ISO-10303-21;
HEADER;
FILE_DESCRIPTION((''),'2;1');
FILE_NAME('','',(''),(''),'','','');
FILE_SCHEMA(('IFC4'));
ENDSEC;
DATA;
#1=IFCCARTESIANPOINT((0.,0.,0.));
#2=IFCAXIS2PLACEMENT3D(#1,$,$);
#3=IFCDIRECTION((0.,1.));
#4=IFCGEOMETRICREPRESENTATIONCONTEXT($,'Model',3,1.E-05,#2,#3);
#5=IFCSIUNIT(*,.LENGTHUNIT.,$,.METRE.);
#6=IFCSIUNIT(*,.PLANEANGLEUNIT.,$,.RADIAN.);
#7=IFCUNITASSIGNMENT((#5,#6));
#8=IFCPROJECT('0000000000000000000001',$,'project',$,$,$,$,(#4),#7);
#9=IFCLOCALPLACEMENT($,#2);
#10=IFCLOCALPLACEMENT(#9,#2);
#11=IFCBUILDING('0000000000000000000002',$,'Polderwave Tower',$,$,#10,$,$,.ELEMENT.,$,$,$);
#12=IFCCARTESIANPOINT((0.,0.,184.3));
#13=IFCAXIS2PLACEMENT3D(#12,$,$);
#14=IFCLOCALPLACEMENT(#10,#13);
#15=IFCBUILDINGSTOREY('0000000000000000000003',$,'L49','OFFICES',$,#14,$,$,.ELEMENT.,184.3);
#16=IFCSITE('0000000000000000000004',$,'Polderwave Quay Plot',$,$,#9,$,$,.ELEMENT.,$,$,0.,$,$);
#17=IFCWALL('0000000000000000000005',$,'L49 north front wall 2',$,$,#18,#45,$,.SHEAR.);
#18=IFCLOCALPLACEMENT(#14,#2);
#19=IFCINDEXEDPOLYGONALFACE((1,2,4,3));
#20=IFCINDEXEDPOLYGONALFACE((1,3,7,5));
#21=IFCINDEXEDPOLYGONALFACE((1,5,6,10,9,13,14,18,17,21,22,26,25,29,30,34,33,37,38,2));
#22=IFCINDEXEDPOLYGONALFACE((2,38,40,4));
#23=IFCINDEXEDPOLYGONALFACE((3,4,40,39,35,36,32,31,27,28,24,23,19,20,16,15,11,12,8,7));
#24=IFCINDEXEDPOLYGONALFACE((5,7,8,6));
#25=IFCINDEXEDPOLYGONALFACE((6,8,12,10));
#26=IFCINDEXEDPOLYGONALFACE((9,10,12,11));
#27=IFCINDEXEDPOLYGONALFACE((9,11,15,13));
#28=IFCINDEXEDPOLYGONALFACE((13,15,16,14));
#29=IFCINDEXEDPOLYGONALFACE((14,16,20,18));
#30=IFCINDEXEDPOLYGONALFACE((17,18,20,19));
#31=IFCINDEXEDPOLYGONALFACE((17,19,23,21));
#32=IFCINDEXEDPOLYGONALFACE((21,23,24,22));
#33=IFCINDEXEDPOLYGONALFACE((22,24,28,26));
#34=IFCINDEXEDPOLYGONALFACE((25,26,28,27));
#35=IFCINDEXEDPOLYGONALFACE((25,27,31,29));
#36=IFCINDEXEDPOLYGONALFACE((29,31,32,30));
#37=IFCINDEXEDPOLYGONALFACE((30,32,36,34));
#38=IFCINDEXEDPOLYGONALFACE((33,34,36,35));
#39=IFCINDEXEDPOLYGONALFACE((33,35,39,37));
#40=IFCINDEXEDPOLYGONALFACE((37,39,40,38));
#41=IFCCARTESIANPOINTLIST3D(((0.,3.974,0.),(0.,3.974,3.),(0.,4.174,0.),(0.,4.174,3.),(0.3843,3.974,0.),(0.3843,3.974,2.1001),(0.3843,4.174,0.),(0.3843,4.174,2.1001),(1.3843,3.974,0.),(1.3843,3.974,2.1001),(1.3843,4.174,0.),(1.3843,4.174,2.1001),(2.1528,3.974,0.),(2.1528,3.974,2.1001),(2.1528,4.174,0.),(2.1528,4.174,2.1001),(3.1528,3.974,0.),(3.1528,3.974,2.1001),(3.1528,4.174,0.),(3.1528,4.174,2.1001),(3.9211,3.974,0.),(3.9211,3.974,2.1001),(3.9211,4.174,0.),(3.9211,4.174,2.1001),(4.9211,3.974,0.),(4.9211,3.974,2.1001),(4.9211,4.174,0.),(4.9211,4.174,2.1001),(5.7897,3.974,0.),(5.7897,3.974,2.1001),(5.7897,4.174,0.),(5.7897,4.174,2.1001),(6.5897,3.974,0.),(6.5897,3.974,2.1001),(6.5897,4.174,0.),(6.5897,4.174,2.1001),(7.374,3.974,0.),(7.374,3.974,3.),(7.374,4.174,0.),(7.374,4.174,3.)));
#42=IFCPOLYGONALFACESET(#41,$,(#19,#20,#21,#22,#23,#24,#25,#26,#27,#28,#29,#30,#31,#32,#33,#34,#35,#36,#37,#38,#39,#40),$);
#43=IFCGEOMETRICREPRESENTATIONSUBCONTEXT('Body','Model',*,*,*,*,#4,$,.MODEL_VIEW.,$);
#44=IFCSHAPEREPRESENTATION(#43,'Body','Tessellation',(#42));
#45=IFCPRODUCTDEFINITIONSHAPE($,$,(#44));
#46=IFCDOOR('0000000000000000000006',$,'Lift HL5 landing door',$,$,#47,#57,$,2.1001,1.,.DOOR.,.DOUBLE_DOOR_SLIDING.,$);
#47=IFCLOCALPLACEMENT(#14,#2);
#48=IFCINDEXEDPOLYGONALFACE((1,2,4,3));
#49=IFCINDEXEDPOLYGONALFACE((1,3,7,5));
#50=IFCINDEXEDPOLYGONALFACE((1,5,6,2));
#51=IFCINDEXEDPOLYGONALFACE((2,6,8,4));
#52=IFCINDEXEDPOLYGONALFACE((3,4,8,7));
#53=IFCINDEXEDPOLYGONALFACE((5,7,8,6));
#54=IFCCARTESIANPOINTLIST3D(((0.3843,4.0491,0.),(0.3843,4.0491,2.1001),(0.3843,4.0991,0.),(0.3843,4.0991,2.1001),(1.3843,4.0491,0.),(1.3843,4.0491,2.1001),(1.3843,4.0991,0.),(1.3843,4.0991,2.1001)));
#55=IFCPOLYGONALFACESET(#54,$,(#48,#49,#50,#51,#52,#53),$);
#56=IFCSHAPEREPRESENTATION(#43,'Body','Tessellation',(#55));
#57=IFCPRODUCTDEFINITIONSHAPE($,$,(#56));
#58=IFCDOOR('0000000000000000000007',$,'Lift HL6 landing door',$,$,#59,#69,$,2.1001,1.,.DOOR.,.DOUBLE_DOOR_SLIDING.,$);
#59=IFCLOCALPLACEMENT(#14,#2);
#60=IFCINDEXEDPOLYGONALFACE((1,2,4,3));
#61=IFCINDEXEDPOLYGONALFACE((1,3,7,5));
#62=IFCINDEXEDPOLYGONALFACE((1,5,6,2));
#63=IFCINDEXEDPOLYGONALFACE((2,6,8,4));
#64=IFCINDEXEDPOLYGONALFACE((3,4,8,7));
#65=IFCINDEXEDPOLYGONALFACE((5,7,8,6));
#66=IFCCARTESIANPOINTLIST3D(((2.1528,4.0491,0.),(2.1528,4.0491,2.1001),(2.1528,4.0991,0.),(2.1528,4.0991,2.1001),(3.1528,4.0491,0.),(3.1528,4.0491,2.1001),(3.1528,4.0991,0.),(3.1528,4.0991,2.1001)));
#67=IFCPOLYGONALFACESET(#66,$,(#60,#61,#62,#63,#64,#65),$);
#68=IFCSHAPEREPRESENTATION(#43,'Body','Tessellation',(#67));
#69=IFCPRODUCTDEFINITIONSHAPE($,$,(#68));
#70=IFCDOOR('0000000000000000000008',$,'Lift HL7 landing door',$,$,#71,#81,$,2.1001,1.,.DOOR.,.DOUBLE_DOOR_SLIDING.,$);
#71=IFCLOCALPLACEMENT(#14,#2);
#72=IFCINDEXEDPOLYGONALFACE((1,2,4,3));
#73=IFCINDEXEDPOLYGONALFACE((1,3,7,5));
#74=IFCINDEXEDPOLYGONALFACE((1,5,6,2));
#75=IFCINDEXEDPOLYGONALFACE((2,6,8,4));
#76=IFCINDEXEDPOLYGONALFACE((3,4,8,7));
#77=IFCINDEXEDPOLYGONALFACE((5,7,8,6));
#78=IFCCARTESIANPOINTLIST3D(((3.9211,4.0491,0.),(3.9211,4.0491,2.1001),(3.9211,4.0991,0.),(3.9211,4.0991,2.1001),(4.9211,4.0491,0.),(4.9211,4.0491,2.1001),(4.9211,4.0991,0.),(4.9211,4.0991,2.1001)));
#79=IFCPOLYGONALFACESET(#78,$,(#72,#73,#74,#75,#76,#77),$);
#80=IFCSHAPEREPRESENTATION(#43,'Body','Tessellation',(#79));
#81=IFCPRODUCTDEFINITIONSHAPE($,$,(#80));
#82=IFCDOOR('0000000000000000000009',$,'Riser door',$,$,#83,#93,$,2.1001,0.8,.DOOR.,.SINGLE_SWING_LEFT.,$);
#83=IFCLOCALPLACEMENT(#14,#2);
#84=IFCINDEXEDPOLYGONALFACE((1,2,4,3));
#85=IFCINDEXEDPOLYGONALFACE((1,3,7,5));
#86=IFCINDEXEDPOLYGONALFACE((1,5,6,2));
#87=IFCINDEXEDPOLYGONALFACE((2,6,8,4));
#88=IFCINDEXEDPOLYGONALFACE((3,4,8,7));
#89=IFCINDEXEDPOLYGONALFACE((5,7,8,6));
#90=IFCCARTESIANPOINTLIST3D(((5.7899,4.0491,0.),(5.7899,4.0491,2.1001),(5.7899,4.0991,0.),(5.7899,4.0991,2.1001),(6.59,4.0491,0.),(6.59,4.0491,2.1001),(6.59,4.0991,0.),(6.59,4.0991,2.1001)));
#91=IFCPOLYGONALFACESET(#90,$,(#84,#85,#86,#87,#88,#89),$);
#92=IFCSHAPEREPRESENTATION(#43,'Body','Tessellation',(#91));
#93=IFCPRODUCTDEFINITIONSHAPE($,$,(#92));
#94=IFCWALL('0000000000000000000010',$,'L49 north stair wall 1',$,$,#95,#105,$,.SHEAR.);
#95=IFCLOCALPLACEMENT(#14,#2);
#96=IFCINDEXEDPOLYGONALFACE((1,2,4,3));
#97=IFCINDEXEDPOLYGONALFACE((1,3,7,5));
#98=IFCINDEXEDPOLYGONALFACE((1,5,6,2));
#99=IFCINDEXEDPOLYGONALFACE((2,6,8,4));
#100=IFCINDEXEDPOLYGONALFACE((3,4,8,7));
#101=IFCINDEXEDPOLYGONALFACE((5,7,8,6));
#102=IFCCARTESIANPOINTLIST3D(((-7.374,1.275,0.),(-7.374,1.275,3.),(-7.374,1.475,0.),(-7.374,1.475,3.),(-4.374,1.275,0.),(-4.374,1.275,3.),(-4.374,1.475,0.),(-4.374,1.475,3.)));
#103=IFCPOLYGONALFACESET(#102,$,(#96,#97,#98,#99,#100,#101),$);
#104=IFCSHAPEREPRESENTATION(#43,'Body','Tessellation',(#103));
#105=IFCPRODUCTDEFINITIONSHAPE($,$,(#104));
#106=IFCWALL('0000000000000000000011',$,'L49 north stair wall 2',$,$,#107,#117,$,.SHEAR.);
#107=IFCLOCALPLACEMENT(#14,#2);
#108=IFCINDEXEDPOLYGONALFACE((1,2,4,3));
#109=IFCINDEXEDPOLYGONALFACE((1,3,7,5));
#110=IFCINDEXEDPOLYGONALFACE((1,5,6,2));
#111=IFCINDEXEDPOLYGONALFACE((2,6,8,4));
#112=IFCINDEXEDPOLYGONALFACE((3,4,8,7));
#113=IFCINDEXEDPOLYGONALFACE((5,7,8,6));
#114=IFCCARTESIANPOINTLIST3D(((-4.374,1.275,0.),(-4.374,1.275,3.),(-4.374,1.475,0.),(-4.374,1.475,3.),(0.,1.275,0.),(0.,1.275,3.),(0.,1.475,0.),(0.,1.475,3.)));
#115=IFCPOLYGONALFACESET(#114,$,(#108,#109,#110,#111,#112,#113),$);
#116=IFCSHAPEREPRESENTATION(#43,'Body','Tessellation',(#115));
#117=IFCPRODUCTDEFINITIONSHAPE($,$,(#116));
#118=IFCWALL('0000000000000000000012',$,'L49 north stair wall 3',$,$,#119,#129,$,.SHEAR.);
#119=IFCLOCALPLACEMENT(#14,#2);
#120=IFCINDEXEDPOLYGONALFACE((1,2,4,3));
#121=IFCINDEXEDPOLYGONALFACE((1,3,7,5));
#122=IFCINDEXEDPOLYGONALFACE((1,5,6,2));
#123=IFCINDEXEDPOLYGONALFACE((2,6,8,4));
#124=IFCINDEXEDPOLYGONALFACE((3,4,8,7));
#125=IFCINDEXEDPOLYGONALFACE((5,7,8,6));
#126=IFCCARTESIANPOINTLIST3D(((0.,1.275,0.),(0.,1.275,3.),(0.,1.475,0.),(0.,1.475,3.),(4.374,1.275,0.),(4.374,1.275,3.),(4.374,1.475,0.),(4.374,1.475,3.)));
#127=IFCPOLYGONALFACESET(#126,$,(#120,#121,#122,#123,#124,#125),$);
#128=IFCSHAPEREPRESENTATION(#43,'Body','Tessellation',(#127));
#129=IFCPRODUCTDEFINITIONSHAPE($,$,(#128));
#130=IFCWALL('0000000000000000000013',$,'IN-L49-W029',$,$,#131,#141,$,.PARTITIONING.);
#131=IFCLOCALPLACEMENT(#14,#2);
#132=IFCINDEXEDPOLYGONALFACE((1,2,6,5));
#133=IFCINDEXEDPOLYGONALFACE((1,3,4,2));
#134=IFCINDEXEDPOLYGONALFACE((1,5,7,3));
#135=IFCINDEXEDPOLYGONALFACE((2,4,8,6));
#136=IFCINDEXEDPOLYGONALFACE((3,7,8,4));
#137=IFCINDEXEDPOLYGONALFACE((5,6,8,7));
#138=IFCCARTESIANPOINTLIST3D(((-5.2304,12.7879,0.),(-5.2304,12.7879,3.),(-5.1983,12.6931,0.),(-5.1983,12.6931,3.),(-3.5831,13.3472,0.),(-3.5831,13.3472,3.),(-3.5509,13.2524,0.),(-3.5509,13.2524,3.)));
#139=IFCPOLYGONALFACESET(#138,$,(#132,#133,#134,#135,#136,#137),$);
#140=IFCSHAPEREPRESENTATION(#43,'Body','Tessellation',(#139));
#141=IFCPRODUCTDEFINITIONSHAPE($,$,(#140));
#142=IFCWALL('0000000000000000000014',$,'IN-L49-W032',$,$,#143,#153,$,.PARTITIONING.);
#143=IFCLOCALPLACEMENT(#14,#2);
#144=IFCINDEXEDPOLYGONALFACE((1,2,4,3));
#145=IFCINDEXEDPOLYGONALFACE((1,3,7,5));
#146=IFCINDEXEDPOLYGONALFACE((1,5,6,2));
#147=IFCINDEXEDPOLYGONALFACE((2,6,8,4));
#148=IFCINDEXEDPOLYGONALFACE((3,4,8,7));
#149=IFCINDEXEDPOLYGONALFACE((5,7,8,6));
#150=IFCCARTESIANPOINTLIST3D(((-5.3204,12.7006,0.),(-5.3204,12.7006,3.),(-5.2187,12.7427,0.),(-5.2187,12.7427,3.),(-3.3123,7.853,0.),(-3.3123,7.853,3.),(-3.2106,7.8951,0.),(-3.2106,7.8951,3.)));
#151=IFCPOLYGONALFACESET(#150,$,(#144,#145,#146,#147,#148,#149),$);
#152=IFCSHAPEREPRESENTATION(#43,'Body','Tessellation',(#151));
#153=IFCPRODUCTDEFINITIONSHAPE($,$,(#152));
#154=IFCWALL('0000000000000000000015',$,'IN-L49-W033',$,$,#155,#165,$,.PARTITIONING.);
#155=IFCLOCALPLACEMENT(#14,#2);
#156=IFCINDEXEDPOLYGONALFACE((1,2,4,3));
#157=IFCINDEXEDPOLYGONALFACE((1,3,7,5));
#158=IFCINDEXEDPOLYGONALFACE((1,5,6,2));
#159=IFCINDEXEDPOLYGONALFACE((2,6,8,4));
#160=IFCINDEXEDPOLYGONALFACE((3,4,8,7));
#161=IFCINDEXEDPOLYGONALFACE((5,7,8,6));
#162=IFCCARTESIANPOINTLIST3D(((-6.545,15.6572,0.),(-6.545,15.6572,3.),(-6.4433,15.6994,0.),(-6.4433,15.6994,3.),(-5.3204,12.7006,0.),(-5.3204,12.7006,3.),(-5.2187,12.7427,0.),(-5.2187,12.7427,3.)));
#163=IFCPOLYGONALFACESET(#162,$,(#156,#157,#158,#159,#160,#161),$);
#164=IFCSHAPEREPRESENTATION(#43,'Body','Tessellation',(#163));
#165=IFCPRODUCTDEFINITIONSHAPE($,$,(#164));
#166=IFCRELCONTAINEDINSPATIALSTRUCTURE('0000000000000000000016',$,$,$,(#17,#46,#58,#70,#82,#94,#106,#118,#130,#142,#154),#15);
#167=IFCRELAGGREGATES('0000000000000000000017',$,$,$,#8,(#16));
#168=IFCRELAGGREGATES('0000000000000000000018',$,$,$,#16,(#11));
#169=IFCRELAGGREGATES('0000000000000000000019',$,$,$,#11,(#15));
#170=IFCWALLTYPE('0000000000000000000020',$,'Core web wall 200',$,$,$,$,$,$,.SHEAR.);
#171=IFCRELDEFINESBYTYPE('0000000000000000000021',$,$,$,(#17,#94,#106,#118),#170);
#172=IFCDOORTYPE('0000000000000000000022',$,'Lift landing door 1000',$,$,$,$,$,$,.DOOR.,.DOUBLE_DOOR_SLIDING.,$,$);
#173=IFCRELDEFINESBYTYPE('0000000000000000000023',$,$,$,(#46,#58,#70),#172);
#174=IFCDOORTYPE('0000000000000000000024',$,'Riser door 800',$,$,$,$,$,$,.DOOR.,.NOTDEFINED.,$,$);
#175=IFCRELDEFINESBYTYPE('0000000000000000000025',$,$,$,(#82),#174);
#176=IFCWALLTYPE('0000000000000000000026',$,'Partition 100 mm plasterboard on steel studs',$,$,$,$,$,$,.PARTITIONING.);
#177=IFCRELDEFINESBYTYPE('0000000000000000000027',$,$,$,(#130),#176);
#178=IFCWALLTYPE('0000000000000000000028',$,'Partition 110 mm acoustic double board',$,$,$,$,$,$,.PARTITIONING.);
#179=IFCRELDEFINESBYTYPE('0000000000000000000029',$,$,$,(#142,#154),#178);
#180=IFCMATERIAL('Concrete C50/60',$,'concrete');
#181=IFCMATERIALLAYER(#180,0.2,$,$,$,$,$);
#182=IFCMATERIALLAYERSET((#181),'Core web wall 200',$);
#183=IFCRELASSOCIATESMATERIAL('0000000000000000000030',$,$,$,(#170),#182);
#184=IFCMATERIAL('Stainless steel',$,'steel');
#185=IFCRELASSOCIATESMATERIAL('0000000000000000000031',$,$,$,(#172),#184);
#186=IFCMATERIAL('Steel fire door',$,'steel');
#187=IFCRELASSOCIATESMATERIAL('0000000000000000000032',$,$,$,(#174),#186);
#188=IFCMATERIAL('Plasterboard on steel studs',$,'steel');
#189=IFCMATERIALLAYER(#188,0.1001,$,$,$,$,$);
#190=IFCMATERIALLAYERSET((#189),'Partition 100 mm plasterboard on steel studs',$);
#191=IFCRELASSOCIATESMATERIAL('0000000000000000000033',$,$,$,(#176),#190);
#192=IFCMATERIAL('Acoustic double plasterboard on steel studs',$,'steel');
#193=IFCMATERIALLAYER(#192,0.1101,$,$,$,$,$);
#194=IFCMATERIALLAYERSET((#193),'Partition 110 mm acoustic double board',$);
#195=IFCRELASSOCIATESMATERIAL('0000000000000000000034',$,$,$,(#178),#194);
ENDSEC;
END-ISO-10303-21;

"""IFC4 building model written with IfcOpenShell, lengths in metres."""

from ifc_helpers import new_model, si_unit, direction, frame, frame_2d, origin, place, context, subcontext, project, spatial, rectangle, extrude, material, layer, layer_set, type_object, element, fill, save


model = new_model("IFC4")

# Units and contexts
model_context = context("Model", 3, precision=1e-05, world=origin(), true_north=direction((0.0, 1.0)))
body_context = subcontext(model_context, "Body", "Model", "MODEL_VIEW")
ifc_project = project(units=[si_unit("LENGTHUNIT", "METRE"), si_unit("PLANEANGLEUNIT", "RADIAN")], contexts=[model_context])

# Site, building, storey
site_placement = place(None, origin())
site = spatial("IfcSite", under=ifc_project, at=site_placement, Name="Polderwave Quay Plot", CompositionType="ELEMENT", RefElevation=0.0)
building_placement = place(site_placement, origin())
building = spatial("IfcBuilding", under=site, at=building_placement, Name="Polderwave Tower", CompositionType="ELEMENT")
storey_placement = place(building_placement, frame((0.0, 0.0, 184.3)))
storey = spatial("IfcBuildingStorey", under=building, at=storey_placement, Name="L49", Description="OFFICES", CompositionType="ELEMENT", Elevation=184.3)

# Wall, openings, doors
ifc_material_1 = material(Name="Concrete C50/60", Category="concrete")
ifc_layer_1 = layer(ifc_material_1, 0.2)
ifc_layer_set_1 = layer_set([ifc_layer_1], Name="Core web wall 200")
wall_type_1 = type_object("IfcWallType", Name="Core web wall 200", PredefinedType="SHEAR", material=ifc_layer_set_1)
ifc_material_2 = material(Name="Stainless steel", Category="steel")
door_type_1 = type_object("IfcDoorType", Name="Lift landing door 1000", OperationType="DOUBLE_DOOR_SLIDING", PredefinedType="DOOR", material=ifc_material_2)
wall_1_placement = place(storey_placement, frame((0.0, 4.074, 0.0), z_axis=(0.0, 0.0, 1.0), x_axis=(1.0, 0.0, 0.0)))
wall_1 = element("IfcWall", 1, at=wall_1_placement, inside=storey, type_object=wall_type_1, Name="L49 north front wall 2", PredefinedType="SHEAR", context=body_context, shape_type="SweptSolid", body=[
    extrude(rectangle(XDim=7.374, YDim=0.2, at=frame_2d((3.687, 0.0))), origin(), (0.0, 0.0, 1.0), 3.0),
])
opening_1_placement = place(wall_1_placement, frame((0.3843, 0.0, 0.0)))
opening_1 = element("IfcOpeningElement", 2, at=opening_1_placement, cuts=wall_1, PredefinedType="OPENING", context=body_context, shape_type="SweptSolid", body=[
    extrude(rectangle(XDim=1.0, YDim=2.1001, at=frame_2d((0.5, 1.05))), frame((0.0, 0.1099, 0.0), z_axis=(0.0, -1.0, 0.0), x_axis=(1.0, 0.0, 0.0)), (0.0, 0.0, 1.0), 0.22),
])
opening_2_placement = place(wall_1_placement, frame((2.1528, 0.0, 0.0)))
opening_2 = element("IfcOpeningElement", 3, at=opening_2_placement, cuts=wall_1, PredefinedType="OPENING", context=body_context, shape_type="SweptSolid", body=[
    extrude(rectangle(XDim=1.0, YDim=2.1001, at=frame_2d((0.5, 1.05))), frame((0.0, 0.1099, 0.0), z_axis=(0.0, -1.0, 0.0), x_axis=(1.0, 0.0, 0.0)), (0.0, 0.0, 1.0), 0.22),
])
opening_3_placement = place(wall_1_placement, frame((3.9211, 0.0, 0.0)))
opening_3 = element("IfcOpeningElement", 4, at=opening_3_placement, cuts=wall_1, PredefinedType="OPENING", context=body_context, shape_type="SweptSolid", body=[
    extrude(rectangle(XDim=1.0, YDim=2.1001, at=frame_2d((0.5, 1.05))), frame((0.0, 0.1099, 0.0), z_axis=(0.0, -1.0, 0.0), x_axis=(1.0, 0.0, 0.0)), (0.0, 0.0, 1.0), 0.22),
])
opening_4_placement = place(wall_1_placement, frame((5.7898, 0.0, 0.0)))
opening_4 = element("IfcOpeningElement", 5, at=opening_4_placement, cuts=wall_1, PredefinedType="OPENING", context=body_context, shape_type="SweptSolid", body=[
    extrude(rectangle(XDim=0.8, YDim=2.1001, at=frame_2d((0.3999, 1.05))), frame((0.0, 0.1099, 0.0), z_axis=(0.0, -1.0, 0.0), x_axis=(1.0, 0.0, 0.0)), (0.0, 0.0, 1.0), 0.22),
])
door_1_placement = place(opening_1_placement, frame((1.0, 0.0, 0.0), z_axis=(0.0, 0.0, 1.0), x_axis=(-1.0, 0.0, 0.0)))
door_1 = element("IfcDoor", 6, at=door_1_placement, inside=storey, type_object=door_type_1, Name="Lift HL5 landing door", OperationType="DOUBLE_DOOR_SLIDING", OverallHeight=2.1001, OverallWidth=1.0, PredefinedType="DOOR", context=body_context, shape_type="SweptSolid", body=[
    extrude(rectangle(XDim=1.0, YDim=2.1001, at=frame_2d((0.5, 1.05))), frame((0.0, 0.0249, 0.0), z_axis=(0.0, -1.0, 0.0), x_axis=(1.0, 0.0, 0.0)), (0.0, 0.0, 1.0), 0.05),
])
fill(opening_1, door_1)
door_2_placement = place(opening_2_placement, frame((1.0, 0.0, 0.0), z_axis=(0.0, 0.0, 1.0), x_axis=(-1.0, 0.0, 0.0)))
door_2 = element("IfcDoor", 7, at=door_2_placement, inside=storey, type_object=door_type_1, Name="Lift HL6 landing door", OperationType="DOUBLE_DOOR_SLIDING", OverallHeight=2.1001, OverallWidth=1.0, PredefinedType="DOOR", context=body_context, shape_type="SweptSolid", body=[
    extrude(rectangle(XDim=1.0, YDim=2.1001, at=frame_2d((0.5, 1.05))), frame((0.0, 0.0249, 0.0), z_axis=(0.0, -1.0, 0.0), x_axis=(1.0, 0.0, 0.0)), (0.0, 0.0, 1.0), 0.05),
])
fill(opening_2, door_2)
door_3_placement = place(opening_3_placement, frame((1.0, 0.0, 0.0), z_axis=(0.0, 0.0, 1.0), x_axis=(-1.0, 0.0, 0.0)))
door_3 = element("IfcDoor", 8, at=door_3_placement, inside=storey, type_object=door_type_1, Name="Lift HL7 landing door", OperationType="DOUBLE_DOOR_SLIDING", OverallHeight=2.1001, OverallWidth=1.0, PredefinedType="DOOR", context=body_context, shape_type="SweptSolid", body=[
    extrude(rectangle(XDim=1.0, YDim=2.1001, at=frame_2d((0.5, 1.05))), frame((0.0, 0.0249, 0.0), z_axis=(0.0, -1.0, 0.0), x_axis=(1.0, 0.0, 0.0)), (0.0, 0.0, 1.0), 0.05),
])
fill(opening_3, door_3)
ifc_material_3 = material(Name="Steel fire door", Category="steel")
door_type_2 = type_object("IfcDoorType", Name="Riser door 800", OperationType="NOTDEFINED", PredefinedType="DOOR", material=ifc_material_3)
door_4_placement = place(opening_4_placement, frame((0.8, 0.0, 0.0), z_axis=(0.0, 0.0, 1.0), x_axis=(-1.0, 0.0, 0.0)))
door_4 = element("IfcDoor", 9, at=door_4_placement, inside=storey, type_object=door_type_2, Name="Riser door", OperationType="SINGLE_SWING_LEFT", OverallHeight=2.1001, OverallWidth=0.8, PredefinedType="DOOR", context=body_context, shape_type="SweptSolid", body=[
    extrude(rectangle(XDim=0.8, YDim=2.1001, at=frame_2d((0.3999, 1.05))), frame((0.0, 0.0249, 0.0), z_axis=(0.0, -1.0, 0.0), x_axis=(1.0, 0.0, 0.0)), (0.0, 0.0, 1.0), 0.05),
])
fill(opening_4, door_4)

# Walls
wall_2_placement = place(storey_placement, frame((-7.374, 1.375, 0.0), z_axis=(0.0, 0.0, 1.0), x_axis=(1.0, 0.0, 0.0)))
element("IfcWall", 10, at=wall_2_placement, inside=storey, type_object=wall_type_1, Name="L49 north stair wall 1", PredefinedType="SHEAR", context=body_context, shape_type="SweptSolid", body=[
    extrude(rectangle(XDim=3.0, YDim=0.2, at=frame_2d((1.5, 0.0))), origin(), (0.0, 0.0, 1.0), 3.0),
])
for number, where, z_axis, x_axis, name in (
    (11, (-4.374, 1.375, 0.0), (0.0, 0.0, 1.0), (1.0, 0.0, 0.0), "L49 north stair wall 2"),
    (12, (0.0, 1.375, 0.0), (0.0, 0.0, 1.0), (1.0, 0.0, 0.0), "L49 north stair wall 3"),
):
    element("IfcWall", number, at=place(storey_placement, frame(where, z_axis=z_axis, x_axis=x_axis)), inside=storey, type_object=wall_type_1, Name=name, PredefinedType="SHEAR", context=body_context, shape_type="SweptSolid", body=[
        extrude(rectangle(XDim=4.374, YDim=0.2, at=frame_2d((2.187, 0.0))), origin(), (0.0, 0.0, 1.0), 3.0),
    ])
ifc_material_4 = material(Name="Plasterboard on steel studs", Category="steel")
ifc_layer_2 = layer(ifc_material_4, 0.1001)
ifc_layer_set_2 = layer_set([ifc_layer_2], Name="Partition 100 mm plasterboard on steel studs")
wall_type_2 = type_object("IfcWallType", Name="Partition 100 mm plasterboard on steel studs", PredefinedType="PARTITIONING", material=ifc_layer_set_2)
wall_3_placement = place(storey_placement, frame((-5.2144, 12.7405, 0.0), z_axis=(0.0, 0.0, 1.0), x_axis=(0.946915, 0.321485, 0.0)))
element("IfcWall", 13, at=wall_3_placement, inside=storey, type_object=wall_type_2, Name="IN-L49-W029", PredefinedType="PARTITIONING", context=body_context, shape_type="SweptSolid", body=[
    extrude(rectangle(XDim=1.7397, YDim=0.1001, at=frame_2d((0.8699, 0.0))), origin(), (0.0, 0.0, 1.0), 3.0),
])
ifc_material_5 = material(Name="Acoustic double plasterboard on steel studs", Category="steel")
ifc_layer_3 = layer(ifc_material_5, 0.1101)
ifc_layer_set_3 = layer_set([ifc_layer_3], Name="Partition 110 mm acoustic double board")
wall_type_3 = type_object("IfcWallType", Name="Partition 110 mm acoustic double board", PredefinedType="PARTITIONING", material=ifc_layer_set_3)
wall_4_placement = place(storey_placement, frame((-3.2615, 7.874, 0.0), z_axis=(0.0, 0.0, 1.0), x_axis=(-0.382698, 0.923873, 0.0)))
element("IfcWall", 14, at=wall_4_placement, inside=storey, type_object=wall_type_3, Name="IN-L49-W032", PredefinedType="PARTITIONING", context=body_context, shape_type="SweptSolid", body=[
    extrude(rectangle(XDim=5.2471, YDim=0.1101, at=frame_2d((2.6235, 0.0))), origin(), (0.0, 0.0, 1.0), 3.0),
])
wall_5_placement = place(storey_placement, frame((-5.2695, 12.7217, 0.0), z_axis=(0.0, 0.0, 1.0), x_axis=(-0.382675, 0.923883, 0.0)))
element("IfcWall", 15, at=wall_5_placement, inside=storey, type_object=wall_type_3, Name="IN-L49-W033", PredefinedType="PARTITIONING", context=body_context, shape_type="SweptSolid", body=[
    extrude(rectangle(XDim=3.2002, YDim=0.1101, at=frame_2d((1.6001, 0.0))), origin(), (0.0, 0.0, 1.0), 3.0),
])

save(model, "model.ifc")
